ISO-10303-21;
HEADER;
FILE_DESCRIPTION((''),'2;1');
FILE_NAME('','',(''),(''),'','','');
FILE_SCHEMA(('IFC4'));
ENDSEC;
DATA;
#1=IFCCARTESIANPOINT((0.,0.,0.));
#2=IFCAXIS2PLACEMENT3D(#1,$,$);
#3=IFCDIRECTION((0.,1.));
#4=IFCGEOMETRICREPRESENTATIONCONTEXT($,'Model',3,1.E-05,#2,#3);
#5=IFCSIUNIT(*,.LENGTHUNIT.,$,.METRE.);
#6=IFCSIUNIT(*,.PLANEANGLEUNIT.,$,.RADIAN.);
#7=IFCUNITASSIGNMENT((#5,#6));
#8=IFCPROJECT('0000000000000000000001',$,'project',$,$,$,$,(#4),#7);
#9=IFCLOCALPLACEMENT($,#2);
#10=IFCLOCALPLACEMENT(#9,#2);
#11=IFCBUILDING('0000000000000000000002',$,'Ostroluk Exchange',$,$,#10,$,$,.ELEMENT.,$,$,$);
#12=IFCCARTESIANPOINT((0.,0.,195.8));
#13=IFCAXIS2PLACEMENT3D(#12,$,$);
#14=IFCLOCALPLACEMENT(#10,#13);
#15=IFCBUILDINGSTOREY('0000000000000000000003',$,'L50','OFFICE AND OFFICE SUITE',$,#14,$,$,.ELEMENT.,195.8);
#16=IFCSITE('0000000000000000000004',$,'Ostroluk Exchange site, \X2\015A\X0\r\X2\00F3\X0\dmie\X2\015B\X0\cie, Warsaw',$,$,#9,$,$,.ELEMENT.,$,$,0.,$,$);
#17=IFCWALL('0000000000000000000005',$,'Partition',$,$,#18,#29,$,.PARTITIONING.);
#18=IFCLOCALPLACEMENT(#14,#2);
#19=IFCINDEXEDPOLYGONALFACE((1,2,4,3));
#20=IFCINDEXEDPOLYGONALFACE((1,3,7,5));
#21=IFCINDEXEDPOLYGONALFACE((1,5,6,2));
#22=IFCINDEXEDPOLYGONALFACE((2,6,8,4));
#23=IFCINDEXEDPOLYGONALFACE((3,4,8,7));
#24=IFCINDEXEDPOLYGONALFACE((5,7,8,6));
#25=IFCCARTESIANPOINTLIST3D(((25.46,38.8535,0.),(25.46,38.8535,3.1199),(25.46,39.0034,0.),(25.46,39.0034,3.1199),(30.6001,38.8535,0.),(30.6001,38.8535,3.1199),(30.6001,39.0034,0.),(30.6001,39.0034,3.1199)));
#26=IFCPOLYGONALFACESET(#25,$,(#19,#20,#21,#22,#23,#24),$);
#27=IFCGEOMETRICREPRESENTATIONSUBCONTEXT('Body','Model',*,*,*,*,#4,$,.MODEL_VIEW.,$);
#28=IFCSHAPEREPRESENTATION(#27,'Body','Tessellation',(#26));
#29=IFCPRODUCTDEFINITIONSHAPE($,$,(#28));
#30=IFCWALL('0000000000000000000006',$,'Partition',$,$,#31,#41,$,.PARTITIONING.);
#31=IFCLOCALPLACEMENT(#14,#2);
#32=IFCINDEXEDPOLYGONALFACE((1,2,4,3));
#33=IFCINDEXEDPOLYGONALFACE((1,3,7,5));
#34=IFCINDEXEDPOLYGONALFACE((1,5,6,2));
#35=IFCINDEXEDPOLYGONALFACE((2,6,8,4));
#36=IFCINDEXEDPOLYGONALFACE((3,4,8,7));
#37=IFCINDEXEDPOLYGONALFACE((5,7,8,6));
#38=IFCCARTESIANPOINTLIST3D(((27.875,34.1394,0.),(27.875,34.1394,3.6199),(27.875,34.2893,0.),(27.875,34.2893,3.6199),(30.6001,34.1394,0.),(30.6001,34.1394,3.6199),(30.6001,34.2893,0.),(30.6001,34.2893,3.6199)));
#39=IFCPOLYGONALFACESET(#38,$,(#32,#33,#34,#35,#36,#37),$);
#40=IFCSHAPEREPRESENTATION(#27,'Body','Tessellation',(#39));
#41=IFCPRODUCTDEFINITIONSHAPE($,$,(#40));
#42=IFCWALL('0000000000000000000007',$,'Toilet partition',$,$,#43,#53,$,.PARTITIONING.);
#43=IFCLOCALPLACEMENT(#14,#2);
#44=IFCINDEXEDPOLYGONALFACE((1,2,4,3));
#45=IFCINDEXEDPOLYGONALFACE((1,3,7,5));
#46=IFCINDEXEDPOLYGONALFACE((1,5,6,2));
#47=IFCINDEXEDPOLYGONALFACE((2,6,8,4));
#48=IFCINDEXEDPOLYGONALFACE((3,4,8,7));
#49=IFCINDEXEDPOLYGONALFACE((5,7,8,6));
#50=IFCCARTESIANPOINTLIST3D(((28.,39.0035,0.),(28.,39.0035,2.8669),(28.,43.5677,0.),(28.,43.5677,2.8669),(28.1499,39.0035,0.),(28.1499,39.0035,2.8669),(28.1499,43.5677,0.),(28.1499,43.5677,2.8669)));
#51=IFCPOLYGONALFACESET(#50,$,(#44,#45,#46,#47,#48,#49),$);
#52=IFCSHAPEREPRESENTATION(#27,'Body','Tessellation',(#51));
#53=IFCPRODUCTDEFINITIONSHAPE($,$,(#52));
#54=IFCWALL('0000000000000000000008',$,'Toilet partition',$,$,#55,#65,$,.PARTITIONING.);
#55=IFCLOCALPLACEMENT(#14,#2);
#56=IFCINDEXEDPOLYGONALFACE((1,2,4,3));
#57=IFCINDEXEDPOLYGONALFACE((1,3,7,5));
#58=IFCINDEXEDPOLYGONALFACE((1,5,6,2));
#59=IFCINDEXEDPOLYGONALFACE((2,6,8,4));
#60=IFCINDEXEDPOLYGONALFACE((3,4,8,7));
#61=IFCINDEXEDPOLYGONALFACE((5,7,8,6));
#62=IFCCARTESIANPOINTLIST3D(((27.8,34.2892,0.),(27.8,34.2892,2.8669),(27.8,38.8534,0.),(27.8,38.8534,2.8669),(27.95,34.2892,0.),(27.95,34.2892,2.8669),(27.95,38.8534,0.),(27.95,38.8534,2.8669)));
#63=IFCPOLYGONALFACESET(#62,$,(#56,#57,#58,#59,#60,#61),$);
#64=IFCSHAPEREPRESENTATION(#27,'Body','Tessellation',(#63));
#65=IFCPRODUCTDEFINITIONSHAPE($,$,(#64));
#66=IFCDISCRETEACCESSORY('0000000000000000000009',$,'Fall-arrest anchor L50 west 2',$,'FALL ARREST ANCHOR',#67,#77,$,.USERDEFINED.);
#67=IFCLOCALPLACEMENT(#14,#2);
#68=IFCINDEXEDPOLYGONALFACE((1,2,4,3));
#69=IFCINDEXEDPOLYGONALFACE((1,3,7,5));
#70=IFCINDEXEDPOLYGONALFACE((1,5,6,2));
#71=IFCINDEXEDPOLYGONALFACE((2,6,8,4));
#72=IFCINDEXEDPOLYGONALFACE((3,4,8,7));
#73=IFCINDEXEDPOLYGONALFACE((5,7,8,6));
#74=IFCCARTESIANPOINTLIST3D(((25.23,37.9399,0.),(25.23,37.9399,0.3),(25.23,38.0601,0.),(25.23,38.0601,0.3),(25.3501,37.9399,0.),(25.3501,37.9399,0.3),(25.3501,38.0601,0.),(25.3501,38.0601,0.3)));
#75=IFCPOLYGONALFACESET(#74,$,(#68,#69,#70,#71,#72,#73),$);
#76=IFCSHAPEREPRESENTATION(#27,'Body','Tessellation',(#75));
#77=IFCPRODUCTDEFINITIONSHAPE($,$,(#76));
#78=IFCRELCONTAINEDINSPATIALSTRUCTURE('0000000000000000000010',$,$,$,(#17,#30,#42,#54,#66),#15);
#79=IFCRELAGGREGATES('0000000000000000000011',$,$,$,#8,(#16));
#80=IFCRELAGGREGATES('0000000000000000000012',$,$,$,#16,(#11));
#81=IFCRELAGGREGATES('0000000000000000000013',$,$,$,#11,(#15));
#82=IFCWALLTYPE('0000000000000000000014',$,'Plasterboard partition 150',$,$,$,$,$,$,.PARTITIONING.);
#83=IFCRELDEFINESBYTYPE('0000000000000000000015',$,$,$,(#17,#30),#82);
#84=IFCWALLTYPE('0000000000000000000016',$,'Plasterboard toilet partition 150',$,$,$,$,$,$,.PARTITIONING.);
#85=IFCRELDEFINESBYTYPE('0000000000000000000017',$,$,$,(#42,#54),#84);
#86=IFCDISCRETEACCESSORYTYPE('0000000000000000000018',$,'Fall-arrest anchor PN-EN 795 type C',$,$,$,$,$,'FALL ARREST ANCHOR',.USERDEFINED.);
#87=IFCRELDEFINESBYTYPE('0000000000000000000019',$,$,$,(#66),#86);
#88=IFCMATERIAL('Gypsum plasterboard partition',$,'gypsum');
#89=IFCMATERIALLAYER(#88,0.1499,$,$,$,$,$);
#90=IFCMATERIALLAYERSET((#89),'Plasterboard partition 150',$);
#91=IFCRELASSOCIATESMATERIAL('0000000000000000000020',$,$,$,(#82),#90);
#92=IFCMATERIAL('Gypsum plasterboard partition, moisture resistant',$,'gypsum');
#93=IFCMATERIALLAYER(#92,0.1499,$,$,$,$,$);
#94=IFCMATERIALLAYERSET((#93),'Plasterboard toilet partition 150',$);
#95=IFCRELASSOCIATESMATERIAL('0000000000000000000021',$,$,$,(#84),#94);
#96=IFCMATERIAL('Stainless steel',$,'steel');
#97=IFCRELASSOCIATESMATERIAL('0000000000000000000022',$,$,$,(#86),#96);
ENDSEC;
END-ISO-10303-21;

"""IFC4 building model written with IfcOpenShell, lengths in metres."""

from ifc_helpers import new_model, si_unit, direction, frame, frame_2d, origin, origin_2d, place, context, subcontext, project, spatial, rectangle, extrude, material, layer, layer_set, type_object, element, save


model = new_model("IFC4")

# Units and contexts
model_context = context("Model", 3, precision=1e-05, world=origin(), true_north=direction((0.0, 1.0)))
body_context = subcontext(model_context, "Body", "Model", "MODEL_VIEW")
ifc_project = project(units=[si_unit("LENGTHUNIT", "METRE"), si_unit("PLANEANGLEUNIT", "RADIAN")], contexts=[model_context])

# Site, building, storey
site_placement = place(None, origin())
site = spatial("IfcSite", under=ifc_project, at=site_placement, Name="Ostroluk Exchange site, Śródmieście, Warsaw", CompositionType="ELEMENT", RefElevation=0.0)
building_placement = place(site_placement, origin())
building = spatial("IfcBuilding", under=site, at=building_placement, Name="Ostroluk Exchange", CompositionType="ELEMENT")
storey_placement = place(building_placement, frame((0.0, 0.0, 195.8)))
storey = spatial("IfcBuildingStorey", under=building, at=storey_placement, Name="L50", Description="OFFICE AND OFFICE SUITE", CompositionType="ELEMENT", Elevation=195.8)

# Walls
ifc_material_1 = material(Name="Gypsum plasterboard partition", Category="gypsum")
ifc_layer_1 = layer(ifc_material_1, 0.1499)
ifc_layer_set_1 = layer_set([ifc_layer_1], Name="Plasterboard partition 150")
wall_type_1 = type_object("IfcWallType", Name="Plasterboard partition 150", PredefinedType="PARTITIONING", material=ifc_layer_set_1)
wall_1_placement = place(storey_placement, frame((30.6001, 38.9285, 0.0), z_axis=(0.0, 0.0, 1.0), x_axis=(-1.0, 0.0, 0.0)))
element("IfcWall", 1, at=wall_1_placement, inside=storey, type_object=wall_type_1, Name="Partition", PredefinedType="PARTITIONING", context=body_context, shape_type="SweptSolid", body=[
    extrude(rectangle(XDim=5.1401, YDim=0.1499, at=frame_2d((2.5701, 0.0))), origin(), (0.0, 0.0, 1.0), 3.1199),
])
wall_2_placement = place(storey_placement, frame((30.6001, 34.2144, 0.0), z_axis=(0.0, 0.0, 1.0), x_axis=(-1.0, 0.0, 0.0)))
element("IfcWall", 2, at=wall_2_placement, inside=storey, type_object=wall_type_1, Name="Partition", PredefinedType="PARTITIONING", context=body_context, shape_type="SweptSolid", body=[
    extrude(rectangle(XDim=2.7251, YDim=0.1499, at=frame_2d((1.3625, 0.0))), origin(), (0.0, 0.0, 1.0), 3.6199),
])
ifc_material_2 = material(Name="Gypsum plasterboard partition, moisture resistant", Category="gypsum")
ifc_layer_2 = layer(ifc_material_2, 0.1499)
ifc_layer_set_2 = layer_set([ifc_layer_2], Name="Plasterboard toilet partition 150")
wall_type_2 = type_object("IfcWallType", Name="Plasterboard toilet partition 150", PredefinedType="PARTITIONING", material=ifc_layer_set_2)
for number, where, z_axis, x_axis, name in (
    (3, (28.075, 43.5679, 0.0), (0.0, 0.0, 1.0), (0.0, -1.0, 0.0), "Toilet partition"),
    (4, (27.875, 38.8535, 0.0), (0.0, 0.0, 1.0), (0.0, -1.0, 0.0), "Toilet partition"),
):
    element("IfcWall", number, at=place(storey_placement, frame(where, z_axis=z_axis, x_axis=x_axis)), inside=storey, type_object=wall_type_2, Name=name, PredefinedType="PARTITIONING", context=body_context, shape_type="SweptSolid", body=[
        extrude(rectangle(XDim=4.5642, YDim=0.1499, at=frame_2d((2.2822, 0.0))), origin(), (0.0, 0.0, 1.0), 2.8669),
    ])

# Discrete accessory
ifc_material_3 = material(Name="Stainless steel", Category="steel")
discrete_accessory_type = type_object("IfcDiscreteAccessoryType", Name="Fall-arrest anchor PN-EN 795 type C", ElementType="FALL ARREST ANCHOR", PredefinedType="USERDEFINED", material=ifc_material_3)
discrete_accessory_placement = place(storey_placement, frame((25.29, 38.0, 0.0), z_axis=(0.0, 0.0, 1.0), x_axis=(1.0, 0.0, 0.0)))
element("IfcDiscreteAccessory", 5, at=discrete_accessory_placement, inside=storey, type_object=discrete_accessory_type, Name="Fall-arrest anchor L50 west 2", ObjectType="FALL ARREST ANCHOR", PredefinedType="USERDEFINED", context=body_context, shape_type="SweptSolid", body=[
    extrude(rectangle(XDim=0.1201, YDim=0.1201, at=origin_2d()), origin(), (0.0, 0.0, 1.0), 0.3),
])

save(model, "model.ifc")
